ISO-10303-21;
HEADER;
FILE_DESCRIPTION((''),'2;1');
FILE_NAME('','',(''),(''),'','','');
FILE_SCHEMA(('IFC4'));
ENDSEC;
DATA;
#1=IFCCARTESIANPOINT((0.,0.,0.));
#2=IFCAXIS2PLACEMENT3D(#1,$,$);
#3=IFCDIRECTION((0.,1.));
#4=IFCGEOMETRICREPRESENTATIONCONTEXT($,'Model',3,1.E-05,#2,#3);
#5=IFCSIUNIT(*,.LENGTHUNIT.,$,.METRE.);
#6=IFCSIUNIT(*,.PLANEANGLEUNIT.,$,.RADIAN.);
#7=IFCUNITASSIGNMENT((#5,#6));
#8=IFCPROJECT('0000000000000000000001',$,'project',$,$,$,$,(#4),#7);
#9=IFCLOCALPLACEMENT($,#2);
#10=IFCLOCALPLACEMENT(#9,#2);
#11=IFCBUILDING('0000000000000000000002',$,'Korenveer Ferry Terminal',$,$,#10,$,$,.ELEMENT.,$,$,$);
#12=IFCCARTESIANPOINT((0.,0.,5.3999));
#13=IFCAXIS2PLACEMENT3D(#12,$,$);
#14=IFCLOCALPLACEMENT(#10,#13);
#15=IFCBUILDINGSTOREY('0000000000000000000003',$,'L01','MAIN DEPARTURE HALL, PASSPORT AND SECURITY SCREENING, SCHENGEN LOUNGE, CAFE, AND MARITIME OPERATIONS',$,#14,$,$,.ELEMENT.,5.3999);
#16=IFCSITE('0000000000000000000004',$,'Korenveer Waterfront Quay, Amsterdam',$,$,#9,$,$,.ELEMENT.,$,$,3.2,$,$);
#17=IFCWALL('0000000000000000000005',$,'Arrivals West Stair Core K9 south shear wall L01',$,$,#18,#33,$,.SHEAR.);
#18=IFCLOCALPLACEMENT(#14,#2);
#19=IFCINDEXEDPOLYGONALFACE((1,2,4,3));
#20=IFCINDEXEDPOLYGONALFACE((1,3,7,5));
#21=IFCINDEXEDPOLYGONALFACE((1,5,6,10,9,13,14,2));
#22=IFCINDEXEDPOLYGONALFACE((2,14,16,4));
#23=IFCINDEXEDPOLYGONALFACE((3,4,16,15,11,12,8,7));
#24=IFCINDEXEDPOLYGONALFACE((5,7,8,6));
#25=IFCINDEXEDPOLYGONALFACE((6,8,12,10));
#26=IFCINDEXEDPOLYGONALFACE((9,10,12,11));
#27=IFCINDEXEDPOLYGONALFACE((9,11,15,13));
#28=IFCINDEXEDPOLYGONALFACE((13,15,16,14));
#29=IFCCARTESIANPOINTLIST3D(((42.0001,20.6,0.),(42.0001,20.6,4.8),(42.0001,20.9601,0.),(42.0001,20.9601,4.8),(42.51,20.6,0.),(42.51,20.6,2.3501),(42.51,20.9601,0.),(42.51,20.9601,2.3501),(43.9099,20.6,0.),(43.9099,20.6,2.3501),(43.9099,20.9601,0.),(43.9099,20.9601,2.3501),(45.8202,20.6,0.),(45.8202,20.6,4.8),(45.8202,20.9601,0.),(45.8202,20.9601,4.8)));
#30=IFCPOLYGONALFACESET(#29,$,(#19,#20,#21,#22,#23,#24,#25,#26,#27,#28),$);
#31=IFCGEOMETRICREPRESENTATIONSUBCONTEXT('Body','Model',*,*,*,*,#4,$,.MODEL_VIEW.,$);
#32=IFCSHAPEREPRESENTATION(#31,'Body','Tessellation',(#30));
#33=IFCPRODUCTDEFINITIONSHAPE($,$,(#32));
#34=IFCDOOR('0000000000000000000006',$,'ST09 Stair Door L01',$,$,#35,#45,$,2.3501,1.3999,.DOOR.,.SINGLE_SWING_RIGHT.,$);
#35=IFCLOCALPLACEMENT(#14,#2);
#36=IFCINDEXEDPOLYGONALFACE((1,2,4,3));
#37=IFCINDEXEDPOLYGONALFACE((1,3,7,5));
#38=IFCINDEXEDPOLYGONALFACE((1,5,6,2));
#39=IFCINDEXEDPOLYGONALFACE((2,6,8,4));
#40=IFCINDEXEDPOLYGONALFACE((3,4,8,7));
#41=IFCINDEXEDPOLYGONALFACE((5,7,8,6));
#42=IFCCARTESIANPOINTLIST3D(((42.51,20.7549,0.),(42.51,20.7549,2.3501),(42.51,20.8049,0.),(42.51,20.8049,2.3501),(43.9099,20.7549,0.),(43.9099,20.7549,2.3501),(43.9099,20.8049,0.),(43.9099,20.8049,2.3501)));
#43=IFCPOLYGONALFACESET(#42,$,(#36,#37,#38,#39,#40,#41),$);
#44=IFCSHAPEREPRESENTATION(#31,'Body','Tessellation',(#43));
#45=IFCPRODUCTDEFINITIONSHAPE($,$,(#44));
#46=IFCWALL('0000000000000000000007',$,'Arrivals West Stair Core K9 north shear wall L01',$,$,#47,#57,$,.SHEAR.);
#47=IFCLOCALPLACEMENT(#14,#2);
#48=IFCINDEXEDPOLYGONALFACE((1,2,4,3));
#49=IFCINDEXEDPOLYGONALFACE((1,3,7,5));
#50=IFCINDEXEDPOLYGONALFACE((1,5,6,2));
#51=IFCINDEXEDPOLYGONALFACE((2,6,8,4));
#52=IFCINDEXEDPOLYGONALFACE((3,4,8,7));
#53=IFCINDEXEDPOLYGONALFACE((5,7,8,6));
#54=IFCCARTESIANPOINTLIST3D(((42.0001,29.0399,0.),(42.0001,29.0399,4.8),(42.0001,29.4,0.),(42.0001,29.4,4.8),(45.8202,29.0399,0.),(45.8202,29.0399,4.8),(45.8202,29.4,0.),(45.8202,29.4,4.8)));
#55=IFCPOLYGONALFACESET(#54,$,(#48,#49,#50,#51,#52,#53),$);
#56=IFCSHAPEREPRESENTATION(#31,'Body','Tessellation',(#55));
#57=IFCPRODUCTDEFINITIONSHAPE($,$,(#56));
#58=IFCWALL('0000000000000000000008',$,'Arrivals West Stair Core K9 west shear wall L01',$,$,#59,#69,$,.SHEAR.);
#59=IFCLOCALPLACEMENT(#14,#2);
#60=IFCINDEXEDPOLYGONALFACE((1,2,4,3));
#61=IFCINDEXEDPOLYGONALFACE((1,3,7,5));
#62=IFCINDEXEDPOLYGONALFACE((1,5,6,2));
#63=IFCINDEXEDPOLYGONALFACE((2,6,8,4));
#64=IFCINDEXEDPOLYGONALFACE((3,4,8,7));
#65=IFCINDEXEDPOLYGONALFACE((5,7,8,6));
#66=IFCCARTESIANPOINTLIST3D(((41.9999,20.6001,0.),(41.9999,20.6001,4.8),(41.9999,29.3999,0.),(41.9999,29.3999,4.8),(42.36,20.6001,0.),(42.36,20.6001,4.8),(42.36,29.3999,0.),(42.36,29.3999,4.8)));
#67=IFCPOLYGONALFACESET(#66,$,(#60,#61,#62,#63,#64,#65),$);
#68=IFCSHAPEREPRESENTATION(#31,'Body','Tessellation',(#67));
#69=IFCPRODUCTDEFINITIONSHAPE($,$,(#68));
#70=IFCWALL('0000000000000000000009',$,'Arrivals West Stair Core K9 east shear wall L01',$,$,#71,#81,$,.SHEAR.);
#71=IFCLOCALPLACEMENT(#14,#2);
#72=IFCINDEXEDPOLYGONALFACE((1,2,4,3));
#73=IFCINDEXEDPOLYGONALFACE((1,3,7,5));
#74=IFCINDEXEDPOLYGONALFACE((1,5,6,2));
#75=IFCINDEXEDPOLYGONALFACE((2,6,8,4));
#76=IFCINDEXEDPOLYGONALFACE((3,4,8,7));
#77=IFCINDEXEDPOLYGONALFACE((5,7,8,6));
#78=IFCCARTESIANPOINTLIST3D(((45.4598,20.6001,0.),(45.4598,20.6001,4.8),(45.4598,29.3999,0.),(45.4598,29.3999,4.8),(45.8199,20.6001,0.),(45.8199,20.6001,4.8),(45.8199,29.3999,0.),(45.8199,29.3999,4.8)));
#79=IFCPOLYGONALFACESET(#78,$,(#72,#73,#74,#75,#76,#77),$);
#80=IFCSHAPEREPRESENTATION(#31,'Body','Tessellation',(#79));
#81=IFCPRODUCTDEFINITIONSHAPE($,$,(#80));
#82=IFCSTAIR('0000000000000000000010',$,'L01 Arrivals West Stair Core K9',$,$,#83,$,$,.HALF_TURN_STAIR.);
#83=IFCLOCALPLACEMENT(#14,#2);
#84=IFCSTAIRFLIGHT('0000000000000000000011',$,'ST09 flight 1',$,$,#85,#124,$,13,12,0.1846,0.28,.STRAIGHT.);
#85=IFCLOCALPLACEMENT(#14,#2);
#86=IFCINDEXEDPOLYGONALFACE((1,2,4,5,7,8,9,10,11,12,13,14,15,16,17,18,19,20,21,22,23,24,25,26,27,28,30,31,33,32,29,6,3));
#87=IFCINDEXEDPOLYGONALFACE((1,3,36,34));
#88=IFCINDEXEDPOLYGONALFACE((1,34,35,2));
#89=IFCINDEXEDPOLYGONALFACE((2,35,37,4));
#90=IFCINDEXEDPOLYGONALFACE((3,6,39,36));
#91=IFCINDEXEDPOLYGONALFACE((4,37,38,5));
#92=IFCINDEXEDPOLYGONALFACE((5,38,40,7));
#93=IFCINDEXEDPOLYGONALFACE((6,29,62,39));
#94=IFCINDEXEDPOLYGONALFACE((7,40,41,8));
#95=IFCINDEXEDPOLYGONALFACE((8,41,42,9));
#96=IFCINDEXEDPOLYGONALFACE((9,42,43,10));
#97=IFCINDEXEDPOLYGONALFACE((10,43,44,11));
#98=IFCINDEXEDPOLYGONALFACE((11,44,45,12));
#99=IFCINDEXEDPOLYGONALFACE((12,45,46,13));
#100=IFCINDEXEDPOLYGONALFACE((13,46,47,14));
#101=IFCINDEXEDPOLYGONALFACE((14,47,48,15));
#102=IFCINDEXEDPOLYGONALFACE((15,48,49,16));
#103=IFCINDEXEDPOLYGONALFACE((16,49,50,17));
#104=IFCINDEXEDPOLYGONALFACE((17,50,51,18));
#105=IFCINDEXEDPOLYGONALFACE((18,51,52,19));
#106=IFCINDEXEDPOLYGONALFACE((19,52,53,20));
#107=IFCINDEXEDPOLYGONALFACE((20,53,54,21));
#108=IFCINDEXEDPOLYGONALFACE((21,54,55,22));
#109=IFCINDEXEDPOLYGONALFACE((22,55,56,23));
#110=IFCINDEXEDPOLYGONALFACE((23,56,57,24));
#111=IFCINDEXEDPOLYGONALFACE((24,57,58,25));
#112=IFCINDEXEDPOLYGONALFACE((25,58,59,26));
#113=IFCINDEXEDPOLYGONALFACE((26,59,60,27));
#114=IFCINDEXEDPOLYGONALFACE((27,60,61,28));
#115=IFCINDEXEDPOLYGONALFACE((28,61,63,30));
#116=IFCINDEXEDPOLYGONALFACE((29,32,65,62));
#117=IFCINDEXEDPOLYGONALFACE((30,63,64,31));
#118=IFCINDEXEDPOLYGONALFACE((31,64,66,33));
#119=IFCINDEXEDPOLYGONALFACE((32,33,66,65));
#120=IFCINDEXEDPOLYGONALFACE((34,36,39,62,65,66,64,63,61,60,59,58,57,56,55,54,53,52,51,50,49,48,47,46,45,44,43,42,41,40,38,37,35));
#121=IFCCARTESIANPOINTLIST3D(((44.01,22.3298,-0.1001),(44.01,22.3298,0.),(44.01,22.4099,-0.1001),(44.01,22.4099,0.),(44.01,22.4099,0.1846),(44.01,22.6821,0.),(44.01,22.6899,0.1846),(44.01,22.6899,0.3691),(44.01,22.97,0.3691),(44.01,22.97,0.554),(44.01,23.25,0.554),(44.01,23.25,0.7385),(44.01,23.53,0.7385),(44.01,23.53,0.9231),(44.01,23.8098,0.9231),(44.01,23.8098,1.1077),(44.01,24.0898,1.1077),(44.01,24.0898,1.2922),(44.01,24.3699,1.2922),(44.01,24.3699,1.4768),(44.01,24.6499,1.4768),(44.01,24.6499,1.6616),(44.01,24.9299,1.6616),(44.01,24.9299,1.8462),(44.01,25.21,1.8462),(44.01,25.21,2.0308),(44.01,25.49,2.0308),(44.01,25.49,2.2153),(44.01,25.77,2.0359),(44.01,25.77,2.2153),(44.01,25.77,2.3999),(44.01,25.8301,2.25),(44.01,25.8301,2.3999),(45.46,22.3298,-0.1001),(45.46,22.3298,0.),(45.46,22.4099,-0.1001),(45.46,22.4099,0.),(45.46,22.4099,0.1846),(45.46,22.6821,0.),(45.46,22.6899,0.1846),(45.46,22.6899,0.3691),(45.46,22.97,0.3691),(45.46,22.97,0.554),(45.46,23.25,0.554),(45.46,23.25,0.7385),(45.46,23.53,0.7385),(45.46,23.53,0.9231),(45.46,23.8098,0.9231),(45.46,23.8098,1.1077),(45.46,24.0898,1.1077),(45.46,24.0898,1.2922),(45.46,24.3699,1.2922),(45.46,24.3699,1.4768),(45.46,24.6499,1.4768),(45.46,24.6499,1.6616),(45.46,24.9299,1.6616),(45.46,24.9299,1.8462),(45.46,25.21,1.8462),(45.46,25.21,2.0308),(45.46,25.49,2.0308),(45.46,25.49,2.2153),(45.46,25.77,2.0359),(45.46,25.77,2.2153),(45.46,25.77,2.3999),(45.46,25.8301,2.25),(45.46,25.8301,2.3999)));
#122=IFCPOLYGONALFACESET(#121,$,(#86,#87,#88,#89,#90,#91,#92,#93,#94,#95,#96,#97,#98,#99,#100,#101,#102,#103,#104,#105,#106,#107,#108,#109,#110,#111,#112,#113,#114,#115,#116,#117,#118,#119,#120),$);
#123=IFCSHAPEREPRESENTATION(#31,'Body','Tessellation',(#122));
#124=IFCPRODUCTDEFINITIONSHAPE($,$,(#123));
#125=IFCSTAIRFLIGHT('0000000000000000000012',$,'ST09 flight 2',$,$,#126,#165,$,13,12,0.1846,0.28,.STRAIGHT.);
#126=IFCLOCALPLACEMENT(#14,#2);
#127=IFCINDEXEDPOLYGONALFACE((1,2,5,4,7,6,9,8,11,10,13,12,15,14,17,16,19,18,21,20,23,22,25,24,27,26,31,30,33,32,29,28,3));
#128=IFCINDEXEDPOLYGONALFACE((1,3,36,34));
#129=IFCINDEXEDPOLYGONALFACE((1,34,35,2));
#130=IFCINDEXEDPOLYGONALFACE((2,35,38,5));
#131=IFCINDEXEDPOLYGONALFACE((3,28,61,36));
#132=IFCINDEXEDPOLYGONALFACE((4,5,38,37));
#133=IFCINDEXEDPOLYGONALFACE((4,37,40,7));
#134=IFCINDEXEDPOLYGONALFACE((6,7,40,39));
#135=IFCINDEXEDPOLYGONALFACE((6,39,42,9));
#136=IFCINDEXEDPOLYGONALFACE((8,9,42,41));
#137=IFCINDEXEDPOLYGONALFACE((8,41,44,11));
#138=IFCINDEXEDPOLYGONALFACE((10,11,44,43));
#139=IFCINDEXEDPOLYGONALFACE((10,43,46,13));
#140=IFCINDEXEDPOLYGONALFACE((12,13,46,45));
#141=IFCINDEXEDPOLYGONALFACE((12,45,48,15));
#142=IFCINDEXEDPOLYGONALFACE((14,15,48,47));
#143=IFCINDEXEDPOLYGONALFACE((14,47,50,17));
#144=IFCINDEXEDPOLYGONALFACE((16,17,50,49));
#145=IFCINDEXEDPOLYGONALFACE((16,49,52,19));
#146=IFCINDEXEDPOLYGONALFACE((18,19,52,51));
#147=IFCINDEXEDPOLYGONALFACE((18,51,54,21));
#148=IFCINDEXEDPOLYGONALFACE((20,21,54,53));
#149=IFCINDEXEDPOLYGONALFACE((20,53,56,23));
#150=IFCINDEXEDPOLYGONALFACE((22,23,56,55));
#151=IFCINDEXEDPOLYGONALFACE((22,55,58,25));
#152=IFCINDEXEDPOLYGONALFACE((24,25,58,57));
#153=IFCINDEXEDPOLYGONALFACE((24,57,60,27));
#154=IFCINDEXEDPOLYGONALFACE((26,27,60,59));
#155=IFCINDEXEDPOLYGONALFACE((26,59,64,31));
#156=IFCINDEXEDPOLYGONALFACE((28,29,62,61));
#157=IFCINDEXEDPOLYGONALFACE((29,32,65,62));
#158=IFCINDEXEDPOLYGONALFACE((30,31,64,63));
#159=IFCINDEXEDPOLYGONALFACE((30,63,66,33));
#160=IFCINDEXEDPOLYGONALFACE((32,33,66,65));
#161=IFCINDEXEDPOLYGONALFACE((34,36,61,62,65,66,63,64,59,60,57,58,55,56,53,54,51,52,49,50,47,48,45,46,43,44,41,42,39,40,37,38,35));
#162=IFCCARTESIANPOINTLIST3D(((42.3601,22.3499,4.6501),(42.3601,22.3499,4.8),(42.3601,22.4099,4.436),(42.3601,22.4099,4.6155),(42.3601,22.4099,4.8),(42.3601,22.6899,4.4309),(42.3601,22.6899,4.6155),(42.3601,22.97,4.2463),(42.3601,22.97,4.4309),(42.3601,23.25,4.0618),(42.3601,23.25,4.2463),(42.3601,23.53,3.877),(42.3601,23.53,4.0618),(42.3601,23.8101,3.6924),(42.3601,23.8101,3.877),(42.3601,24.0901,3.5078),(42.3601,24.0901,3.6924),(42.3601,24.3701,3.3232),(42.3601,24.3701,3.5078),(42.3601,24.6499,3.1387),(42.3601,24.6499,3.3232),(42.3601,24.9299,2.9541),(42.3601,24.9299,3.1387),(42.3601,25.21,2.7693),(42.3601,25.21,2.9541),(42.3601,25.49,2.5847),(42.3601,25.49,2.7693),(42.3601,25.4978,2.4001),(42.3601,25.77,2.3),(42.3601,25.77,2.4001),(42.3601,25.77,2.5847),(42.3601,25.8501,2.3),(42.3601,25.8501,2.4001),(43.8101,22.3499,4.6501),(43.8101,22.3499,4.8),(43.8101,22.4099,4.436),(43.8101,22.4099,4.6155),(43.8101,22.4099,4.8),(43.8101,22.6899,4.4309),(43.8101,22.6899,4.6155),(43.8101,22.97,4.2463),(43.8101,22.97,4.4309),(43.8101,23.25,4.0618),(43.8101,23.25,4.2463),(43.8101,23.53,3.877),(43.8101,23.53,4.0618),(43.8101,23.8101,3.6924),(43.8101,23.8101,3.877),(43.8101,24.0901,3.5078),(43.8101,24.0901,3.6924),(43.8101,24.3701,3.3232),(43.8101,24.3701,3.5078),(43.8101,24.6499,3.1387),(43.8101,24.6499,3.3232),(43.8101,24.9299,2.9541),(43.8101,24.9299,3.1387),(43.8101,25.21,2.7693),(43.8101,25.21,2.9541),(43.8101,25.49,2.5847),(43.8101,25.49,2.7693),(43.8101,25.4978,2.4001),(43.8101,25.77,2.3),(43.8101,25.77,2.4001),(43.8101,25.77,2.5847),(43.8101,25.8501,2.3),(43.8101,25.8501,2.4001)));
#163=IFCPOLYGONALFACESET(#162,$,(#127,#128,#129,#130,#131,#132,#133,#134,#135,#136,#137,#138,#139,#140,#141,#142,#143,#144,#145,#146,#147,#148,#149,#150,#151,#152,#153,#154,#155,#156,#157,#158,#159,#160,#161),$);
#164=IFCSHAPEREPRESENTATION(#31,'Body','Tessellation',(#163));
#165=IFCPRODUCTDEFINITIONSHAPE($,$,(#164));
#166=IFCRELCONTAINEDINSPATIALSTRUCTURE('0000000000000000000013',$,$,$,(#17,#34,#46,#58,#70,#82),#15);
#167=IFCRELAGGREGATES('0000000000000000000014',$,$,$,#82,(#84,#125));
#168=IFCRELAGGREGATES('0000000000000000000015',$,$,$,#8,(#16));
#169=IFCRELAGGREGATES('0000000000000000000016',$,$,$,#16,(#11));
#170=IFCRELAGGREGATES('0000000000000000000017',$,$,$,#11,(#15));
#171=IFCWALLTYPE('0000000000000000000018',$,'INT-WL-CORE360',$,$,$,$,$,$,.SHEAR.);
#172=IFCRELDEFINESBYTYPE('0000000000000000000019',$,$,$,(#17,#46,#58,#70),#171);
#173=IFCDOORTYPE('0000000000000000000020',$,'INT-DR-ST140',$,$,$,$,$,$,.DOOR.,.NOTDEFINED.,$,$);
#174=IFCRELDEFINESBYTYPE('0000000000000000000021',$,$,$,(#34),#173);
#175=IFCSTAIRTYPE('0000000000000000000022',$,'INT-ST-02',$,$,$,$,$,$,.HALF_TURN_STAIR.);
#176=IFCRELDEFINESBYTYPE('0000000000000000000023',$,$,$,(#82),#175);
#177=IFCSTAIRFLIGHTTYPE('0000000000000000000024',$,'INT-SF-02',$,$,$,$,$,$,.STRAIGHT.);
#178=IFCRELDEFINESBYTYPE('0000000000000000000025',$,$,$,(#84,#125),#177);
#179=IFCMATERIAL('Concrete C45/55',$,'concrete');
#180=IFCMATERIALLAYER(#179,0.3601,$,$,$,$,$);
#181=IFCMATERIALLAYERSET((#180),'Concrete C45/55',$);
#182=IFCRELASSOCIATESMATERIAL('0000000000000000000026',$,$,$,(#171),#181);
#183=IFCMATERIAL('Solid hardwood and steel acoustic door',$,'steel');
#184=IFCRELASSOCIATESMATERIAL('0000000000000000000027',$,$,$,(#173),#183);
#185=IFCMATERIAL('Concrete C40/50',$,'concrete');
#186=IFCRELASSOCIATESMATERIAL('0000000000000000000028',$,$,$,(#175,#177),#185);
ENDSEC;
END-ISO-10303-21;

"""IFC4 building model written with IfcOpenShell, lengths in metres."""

from ifc_helpers import new_model, si_unit, direction, frame, frame_2d, origin, place, context, subcontext, project, spatial, polyline, rectangle, outline, extrude, material, layer, layer_set, type_object, element, fill, aggregate, save


model = new_model("IFC4")

# Units and contexts
model_context = context("Model", 3, precision=1e-05, world=origin(), true_north=direction((0.0, 1.0)))
body_context = subcontext(model_context, "Body", "Model", "MODEL_VIEW")
ifc_project = project(units=[si_unit("LENGTHUNIT", "METRE"), si_unit("PLANEANGLEUNIT", "RADIAN")], contexts=[model_context])

# Site, building, storey
site_placement = place(None, origin())
site = spatial("IfcSite", under=ifc_project, at=site_placement, Name="Korenveer Waterfront Quay, Amsterdam", CompositionType="ELEMENT", RefElevation=3.2)
building_placement = place(site_placement, origin())
building = spatial("IfcBuilding", under=site, at=building_placement, Name="Korenveer Ferry Terminal", CompositionType="ELEMENT")
storey_placement = place(building_placement, frame((0.0, 0.0, 5.3999)))
storey = spatial("IfcBuildingStorey", under=building, at=storey_placement, Name="L01", Description="MAIN DEPARTURE HALL, PASSPORT AND SECURITY SCREENING, SCHENGEN LOUNGE, CAFE, AND MARITIME OPERATIONS", CompositionType="ELEMENT", Elevation=5.3999)

# Shared definitions
ifc_material_1 = material(Name="Concrete C45/55", Category="concrete")

# Wall, opening, door
ifc_layer_1 = layer(ifc_material_1, 0.3601)
ifc_layer_set_1 = layer_set([ifc_layer_1], Name="Concrete C45/55")
wall_type = type_object("IfcWallType", Name="INT-WL-CORE360", PredefinedType="SHEAR", material=ifc_layer_set_1)
wall_1_placement = place(storey_placement, frame((42.0, 20.78, 0.0), z_axis=(0.0, 0.0, 1.0), x_axis=(1.0, 0.0, 0.0)))
wall_1 = element("IfcWall", 1, at=wall_1_placement, inside=storey, type_object=wall_type, Name="Arrivals West Stair Core K9 south shear wall L01", PredefinedType="SHEAR", context=body_context, shape_type="SweptSolid", body=[
    extrude(rectangle(XDim=3.8201, YDim=0.3601, at=frame_2d((1.9102, 0.0))), origin(), (0.0, 0.0, 1.0), 4.8),
])
opening_placement = place(wall_1_placement, frame((0.51, 0.0, 0.0)))
opening = element("IfcOpeningElement", 2, at=opening_placement, cuts=wall_1, PredefinedType="OPENING", context=body_context, shape_type="SweptSolid", body=[
    extrude(rectangle(XDim=1.3999, YDim=2.3501, at=frame_2d((0.7, 1.175))), frame((0.0, 0.1899, 0.0), z_axis=(0.0, -1.0, 0.0), x_axis=(1.0, 0.0, 0.0)), (0.0, 0.0, 1.0), 0.3801),
])
ifc_material_2 = material(Name="Solid hardwood and steel acoustic door", Category="steel")
door_type = type_object("IfcDoorType", Name="INT-DR-ST140", OperationType="NOTDEFINED", PredefinedType="DOOR", material=ifc_material_2)
door_placement = place(opening_placement, origin())
door = element("IfcDoor", 3, at=door_placement, inside=storey, type_object=door_type, Name="ST09 Stair Door L01", OperationType="SINGLE_SWING_RIGHT", OverallHeight=2.3501, OverallWidth=1.3999, PredefinedType="DOOR", context=body_context, shape_type="SweptSolid", body=[
    extrude(rectangle(XDim=1.3999, YDim=2.3501, at=frame_2d((0.7, 1.175))), frame((0.0, 0.0249, 0.0), z_axis=(0.0, -1.0, 0.0), x_axis=(1.0, 0.0, 0.0)), (0.0, 0.0, 1.0), 0.05),
])
fill(opening, door)

# Walls
wall_2_placement = place(storey_placement, frame((42.0, 29.22, 0.0), z_axis=(0.0, 0.0, 1.0), x_axis=(1.0, 0.0, 0.0)))
element("IfcWall", 4, at=wall_2_placement, inside=storey, type_object=wall_type, Name="Arrivals West Stair Core K9 north shear wall L01", PredefinedType="SHEAR", context=body_context, shape_type="SweptSolid", body=[
    extrude(rectangle(XDim=3.8201, YDim=0.3601, at=frame_2d((1.9102, 0.0))), origin(), (0.0, 0.0, 1.0), 4.8),
])
for number, where, z_axis, x_axis, name in (
    (5, (42.1799, 20.6001, 0.0), (0.0, 0.0, 1.0), (0.0, 1.0, 0.0), "Arrivals West Stair Core K9 west shear wall L01"),
    (6, (45.6399, 20.6001, 0.0), (0.0, 0.0, 1.0), (0.0, 1.0, 0.0), "Arrivals West Stair Core K9 east shear wall L01"),
):
    element("IfcWall", number, at=place(storey_placement, frame(where, z_axis=z_axis, x_axis=x_axis)), inside=storey, type_object=wall_type, Name=name, PredefinedType="SHEAR", context=body_context, shape_type="SweptSolid", body=[
        extrude(rectangle(XDim=8.7998, YDim=0.3601, at=frame_2d((4.3999, 0.0))), origin(), (0.0, 0.0, 1.0), 4.8),
    ])

# Stair, stair flights
ifc_material_3 = material(Name="Concrete C40/50", Category="concrete")
stair_type = type_object("IfcStairType", Name="INT-ST-02", PredefinedType="HALF_TURN_STAIR", material=ifc_material_3)
stair_placement = place(storey_placement, frame((44.7351, 22.4099, 0.0)))
stair = element("IfcStair", 7, at=stair_placement, inside=storey, type_object=stair_type, Name="L01 Arrivals West Stair Core K9", PredefinedType="HALF_TURN_STAIR")
stair_flight_type = type_object("IfcStairFlightType", Name="INT-SF-02", PredefinedType="STRAIGHT", material=ifc_material_3)
stair_flight_1_placement = place(storey_placement, frame((44.7351, 22.4099, 0.0), z_axis=(0.0, 0.0, 1.0), x_axis=(0.0, 1.0, 0.0)))
stair_flight_1 = element("IfcStairFlight", 8, at=stair_flight_1_placement, type_object=stair_flight_type, Name="ST09 flight 1", NumberOfRisers=13, NumberOfTreads=12, PredefinedType="STRAIGHT", RiserHeight=0.1846, TreadLength=0.28, context=body_context, shape_type="SweptSolid", body=[
    extrude(outline(polyline([(-0.0801, 0.0), (0.0, 0.0), (0.0, 0.1846), (0.28, 0.1846), (0.28, 0.3691), (0.5601, 0.3691), (0.5601, 0.554), (0.8401, 0.554), (0.8401, 0.7385), (1.1201, 0.7385), (1.1201, 0.9231), (1.3999, 0.9231), (1.3999, 1.1077), (1.6799, 1.1077), (1.6799, 1.2922), (1.96, 1.2922), (1.96, 1.4768), (2.24, 1.4768), (2.24, 1.6616), (2.52, 1.6616), (2.52, 1.8462), (2.8, 1.8462), (2.8, 2.0308), (3.0801, 2.0308), (3.0801, 2.2153), (3.3601, 2.2153), (3.3601, 2.3999), (3.4202, 2.3999), (3.4202, 2.25), (3.3601, 2.0359), (0.2722, 0.0), (0.0, -0.1001), (-0.0801, -0.1001), (-0.0801, 0.0)])), frame((0.0, 0.7251, 0.0), z_axis=(0.0, -1.0, 0.0), x_axis=(1.0, 0.0, 0.0)), (0.0, 0.0, 1.0), 1.45),
])
stair_flight_2_placement = place(storey_placement, frame((43.085, 25.77, 2.4001), z_axis=(0.0, 0.0, 1.0), x_axis=(0.0, -1.0, 0.0)))
stair_flight_2 = element("IfcStairFlight", 9, at=stair_flight_2_placement, type_object=stair_flight_type, Name="ST09 flight 2", NumberOfRisers=13, NumberOfTreads=12, PredefinedType="STRAIGHT", RiserHeight=0.1846, TreadLength=0.28, context=body_context, shape_type="SweptSolid", body=[
    extrude(outline(polyline([(-0.0801, 0.0), (0.0, 0.0), (0.0, 0.1846), (0.28, 0.1846), (0.28, 0.3691), (0.5601, 0.3691), (0.5601, 0.554), (0.8401, 0.554), (0.8401, 0.7385), (1.1201, 0.7385), (1.1201, 0.9231), (1.3999, 0.9231), (1.3999, 1.1077), (1.6799, 1.1077), (1.6799, 1.2922), (1.96, 1.2922), (1.96, 1.4768), (2.24, 1.4768), (2.24, 1.6616), (2.52, 1.6616), (2.52, 1.8462), (2.8, 1.8462), (2.8, 2.0308), (3.0801, 2.0308), (3.0801, 2.2153), (3.3601, 2.2153), (3.3601, 2.3999), (3.4202, 2.3999), (3.4202, 2.25), (3.3601, 2.0359), (0.2722, 0.0), (0.0, -0.1001), (-0.0801, -0.1001), (-0.0801, 0.0)])), frame((0.0, 0.7251, 0.0), z_axis=(0.0, -1.0, 0.0), x_axis=(1.0, 0.0, 0.0)), (0.0, 0.0, 1.0), 1.45),
])
aggregate(stair, [stair_flight_1, stair_flight_2])

save(model, "model.ifc")
